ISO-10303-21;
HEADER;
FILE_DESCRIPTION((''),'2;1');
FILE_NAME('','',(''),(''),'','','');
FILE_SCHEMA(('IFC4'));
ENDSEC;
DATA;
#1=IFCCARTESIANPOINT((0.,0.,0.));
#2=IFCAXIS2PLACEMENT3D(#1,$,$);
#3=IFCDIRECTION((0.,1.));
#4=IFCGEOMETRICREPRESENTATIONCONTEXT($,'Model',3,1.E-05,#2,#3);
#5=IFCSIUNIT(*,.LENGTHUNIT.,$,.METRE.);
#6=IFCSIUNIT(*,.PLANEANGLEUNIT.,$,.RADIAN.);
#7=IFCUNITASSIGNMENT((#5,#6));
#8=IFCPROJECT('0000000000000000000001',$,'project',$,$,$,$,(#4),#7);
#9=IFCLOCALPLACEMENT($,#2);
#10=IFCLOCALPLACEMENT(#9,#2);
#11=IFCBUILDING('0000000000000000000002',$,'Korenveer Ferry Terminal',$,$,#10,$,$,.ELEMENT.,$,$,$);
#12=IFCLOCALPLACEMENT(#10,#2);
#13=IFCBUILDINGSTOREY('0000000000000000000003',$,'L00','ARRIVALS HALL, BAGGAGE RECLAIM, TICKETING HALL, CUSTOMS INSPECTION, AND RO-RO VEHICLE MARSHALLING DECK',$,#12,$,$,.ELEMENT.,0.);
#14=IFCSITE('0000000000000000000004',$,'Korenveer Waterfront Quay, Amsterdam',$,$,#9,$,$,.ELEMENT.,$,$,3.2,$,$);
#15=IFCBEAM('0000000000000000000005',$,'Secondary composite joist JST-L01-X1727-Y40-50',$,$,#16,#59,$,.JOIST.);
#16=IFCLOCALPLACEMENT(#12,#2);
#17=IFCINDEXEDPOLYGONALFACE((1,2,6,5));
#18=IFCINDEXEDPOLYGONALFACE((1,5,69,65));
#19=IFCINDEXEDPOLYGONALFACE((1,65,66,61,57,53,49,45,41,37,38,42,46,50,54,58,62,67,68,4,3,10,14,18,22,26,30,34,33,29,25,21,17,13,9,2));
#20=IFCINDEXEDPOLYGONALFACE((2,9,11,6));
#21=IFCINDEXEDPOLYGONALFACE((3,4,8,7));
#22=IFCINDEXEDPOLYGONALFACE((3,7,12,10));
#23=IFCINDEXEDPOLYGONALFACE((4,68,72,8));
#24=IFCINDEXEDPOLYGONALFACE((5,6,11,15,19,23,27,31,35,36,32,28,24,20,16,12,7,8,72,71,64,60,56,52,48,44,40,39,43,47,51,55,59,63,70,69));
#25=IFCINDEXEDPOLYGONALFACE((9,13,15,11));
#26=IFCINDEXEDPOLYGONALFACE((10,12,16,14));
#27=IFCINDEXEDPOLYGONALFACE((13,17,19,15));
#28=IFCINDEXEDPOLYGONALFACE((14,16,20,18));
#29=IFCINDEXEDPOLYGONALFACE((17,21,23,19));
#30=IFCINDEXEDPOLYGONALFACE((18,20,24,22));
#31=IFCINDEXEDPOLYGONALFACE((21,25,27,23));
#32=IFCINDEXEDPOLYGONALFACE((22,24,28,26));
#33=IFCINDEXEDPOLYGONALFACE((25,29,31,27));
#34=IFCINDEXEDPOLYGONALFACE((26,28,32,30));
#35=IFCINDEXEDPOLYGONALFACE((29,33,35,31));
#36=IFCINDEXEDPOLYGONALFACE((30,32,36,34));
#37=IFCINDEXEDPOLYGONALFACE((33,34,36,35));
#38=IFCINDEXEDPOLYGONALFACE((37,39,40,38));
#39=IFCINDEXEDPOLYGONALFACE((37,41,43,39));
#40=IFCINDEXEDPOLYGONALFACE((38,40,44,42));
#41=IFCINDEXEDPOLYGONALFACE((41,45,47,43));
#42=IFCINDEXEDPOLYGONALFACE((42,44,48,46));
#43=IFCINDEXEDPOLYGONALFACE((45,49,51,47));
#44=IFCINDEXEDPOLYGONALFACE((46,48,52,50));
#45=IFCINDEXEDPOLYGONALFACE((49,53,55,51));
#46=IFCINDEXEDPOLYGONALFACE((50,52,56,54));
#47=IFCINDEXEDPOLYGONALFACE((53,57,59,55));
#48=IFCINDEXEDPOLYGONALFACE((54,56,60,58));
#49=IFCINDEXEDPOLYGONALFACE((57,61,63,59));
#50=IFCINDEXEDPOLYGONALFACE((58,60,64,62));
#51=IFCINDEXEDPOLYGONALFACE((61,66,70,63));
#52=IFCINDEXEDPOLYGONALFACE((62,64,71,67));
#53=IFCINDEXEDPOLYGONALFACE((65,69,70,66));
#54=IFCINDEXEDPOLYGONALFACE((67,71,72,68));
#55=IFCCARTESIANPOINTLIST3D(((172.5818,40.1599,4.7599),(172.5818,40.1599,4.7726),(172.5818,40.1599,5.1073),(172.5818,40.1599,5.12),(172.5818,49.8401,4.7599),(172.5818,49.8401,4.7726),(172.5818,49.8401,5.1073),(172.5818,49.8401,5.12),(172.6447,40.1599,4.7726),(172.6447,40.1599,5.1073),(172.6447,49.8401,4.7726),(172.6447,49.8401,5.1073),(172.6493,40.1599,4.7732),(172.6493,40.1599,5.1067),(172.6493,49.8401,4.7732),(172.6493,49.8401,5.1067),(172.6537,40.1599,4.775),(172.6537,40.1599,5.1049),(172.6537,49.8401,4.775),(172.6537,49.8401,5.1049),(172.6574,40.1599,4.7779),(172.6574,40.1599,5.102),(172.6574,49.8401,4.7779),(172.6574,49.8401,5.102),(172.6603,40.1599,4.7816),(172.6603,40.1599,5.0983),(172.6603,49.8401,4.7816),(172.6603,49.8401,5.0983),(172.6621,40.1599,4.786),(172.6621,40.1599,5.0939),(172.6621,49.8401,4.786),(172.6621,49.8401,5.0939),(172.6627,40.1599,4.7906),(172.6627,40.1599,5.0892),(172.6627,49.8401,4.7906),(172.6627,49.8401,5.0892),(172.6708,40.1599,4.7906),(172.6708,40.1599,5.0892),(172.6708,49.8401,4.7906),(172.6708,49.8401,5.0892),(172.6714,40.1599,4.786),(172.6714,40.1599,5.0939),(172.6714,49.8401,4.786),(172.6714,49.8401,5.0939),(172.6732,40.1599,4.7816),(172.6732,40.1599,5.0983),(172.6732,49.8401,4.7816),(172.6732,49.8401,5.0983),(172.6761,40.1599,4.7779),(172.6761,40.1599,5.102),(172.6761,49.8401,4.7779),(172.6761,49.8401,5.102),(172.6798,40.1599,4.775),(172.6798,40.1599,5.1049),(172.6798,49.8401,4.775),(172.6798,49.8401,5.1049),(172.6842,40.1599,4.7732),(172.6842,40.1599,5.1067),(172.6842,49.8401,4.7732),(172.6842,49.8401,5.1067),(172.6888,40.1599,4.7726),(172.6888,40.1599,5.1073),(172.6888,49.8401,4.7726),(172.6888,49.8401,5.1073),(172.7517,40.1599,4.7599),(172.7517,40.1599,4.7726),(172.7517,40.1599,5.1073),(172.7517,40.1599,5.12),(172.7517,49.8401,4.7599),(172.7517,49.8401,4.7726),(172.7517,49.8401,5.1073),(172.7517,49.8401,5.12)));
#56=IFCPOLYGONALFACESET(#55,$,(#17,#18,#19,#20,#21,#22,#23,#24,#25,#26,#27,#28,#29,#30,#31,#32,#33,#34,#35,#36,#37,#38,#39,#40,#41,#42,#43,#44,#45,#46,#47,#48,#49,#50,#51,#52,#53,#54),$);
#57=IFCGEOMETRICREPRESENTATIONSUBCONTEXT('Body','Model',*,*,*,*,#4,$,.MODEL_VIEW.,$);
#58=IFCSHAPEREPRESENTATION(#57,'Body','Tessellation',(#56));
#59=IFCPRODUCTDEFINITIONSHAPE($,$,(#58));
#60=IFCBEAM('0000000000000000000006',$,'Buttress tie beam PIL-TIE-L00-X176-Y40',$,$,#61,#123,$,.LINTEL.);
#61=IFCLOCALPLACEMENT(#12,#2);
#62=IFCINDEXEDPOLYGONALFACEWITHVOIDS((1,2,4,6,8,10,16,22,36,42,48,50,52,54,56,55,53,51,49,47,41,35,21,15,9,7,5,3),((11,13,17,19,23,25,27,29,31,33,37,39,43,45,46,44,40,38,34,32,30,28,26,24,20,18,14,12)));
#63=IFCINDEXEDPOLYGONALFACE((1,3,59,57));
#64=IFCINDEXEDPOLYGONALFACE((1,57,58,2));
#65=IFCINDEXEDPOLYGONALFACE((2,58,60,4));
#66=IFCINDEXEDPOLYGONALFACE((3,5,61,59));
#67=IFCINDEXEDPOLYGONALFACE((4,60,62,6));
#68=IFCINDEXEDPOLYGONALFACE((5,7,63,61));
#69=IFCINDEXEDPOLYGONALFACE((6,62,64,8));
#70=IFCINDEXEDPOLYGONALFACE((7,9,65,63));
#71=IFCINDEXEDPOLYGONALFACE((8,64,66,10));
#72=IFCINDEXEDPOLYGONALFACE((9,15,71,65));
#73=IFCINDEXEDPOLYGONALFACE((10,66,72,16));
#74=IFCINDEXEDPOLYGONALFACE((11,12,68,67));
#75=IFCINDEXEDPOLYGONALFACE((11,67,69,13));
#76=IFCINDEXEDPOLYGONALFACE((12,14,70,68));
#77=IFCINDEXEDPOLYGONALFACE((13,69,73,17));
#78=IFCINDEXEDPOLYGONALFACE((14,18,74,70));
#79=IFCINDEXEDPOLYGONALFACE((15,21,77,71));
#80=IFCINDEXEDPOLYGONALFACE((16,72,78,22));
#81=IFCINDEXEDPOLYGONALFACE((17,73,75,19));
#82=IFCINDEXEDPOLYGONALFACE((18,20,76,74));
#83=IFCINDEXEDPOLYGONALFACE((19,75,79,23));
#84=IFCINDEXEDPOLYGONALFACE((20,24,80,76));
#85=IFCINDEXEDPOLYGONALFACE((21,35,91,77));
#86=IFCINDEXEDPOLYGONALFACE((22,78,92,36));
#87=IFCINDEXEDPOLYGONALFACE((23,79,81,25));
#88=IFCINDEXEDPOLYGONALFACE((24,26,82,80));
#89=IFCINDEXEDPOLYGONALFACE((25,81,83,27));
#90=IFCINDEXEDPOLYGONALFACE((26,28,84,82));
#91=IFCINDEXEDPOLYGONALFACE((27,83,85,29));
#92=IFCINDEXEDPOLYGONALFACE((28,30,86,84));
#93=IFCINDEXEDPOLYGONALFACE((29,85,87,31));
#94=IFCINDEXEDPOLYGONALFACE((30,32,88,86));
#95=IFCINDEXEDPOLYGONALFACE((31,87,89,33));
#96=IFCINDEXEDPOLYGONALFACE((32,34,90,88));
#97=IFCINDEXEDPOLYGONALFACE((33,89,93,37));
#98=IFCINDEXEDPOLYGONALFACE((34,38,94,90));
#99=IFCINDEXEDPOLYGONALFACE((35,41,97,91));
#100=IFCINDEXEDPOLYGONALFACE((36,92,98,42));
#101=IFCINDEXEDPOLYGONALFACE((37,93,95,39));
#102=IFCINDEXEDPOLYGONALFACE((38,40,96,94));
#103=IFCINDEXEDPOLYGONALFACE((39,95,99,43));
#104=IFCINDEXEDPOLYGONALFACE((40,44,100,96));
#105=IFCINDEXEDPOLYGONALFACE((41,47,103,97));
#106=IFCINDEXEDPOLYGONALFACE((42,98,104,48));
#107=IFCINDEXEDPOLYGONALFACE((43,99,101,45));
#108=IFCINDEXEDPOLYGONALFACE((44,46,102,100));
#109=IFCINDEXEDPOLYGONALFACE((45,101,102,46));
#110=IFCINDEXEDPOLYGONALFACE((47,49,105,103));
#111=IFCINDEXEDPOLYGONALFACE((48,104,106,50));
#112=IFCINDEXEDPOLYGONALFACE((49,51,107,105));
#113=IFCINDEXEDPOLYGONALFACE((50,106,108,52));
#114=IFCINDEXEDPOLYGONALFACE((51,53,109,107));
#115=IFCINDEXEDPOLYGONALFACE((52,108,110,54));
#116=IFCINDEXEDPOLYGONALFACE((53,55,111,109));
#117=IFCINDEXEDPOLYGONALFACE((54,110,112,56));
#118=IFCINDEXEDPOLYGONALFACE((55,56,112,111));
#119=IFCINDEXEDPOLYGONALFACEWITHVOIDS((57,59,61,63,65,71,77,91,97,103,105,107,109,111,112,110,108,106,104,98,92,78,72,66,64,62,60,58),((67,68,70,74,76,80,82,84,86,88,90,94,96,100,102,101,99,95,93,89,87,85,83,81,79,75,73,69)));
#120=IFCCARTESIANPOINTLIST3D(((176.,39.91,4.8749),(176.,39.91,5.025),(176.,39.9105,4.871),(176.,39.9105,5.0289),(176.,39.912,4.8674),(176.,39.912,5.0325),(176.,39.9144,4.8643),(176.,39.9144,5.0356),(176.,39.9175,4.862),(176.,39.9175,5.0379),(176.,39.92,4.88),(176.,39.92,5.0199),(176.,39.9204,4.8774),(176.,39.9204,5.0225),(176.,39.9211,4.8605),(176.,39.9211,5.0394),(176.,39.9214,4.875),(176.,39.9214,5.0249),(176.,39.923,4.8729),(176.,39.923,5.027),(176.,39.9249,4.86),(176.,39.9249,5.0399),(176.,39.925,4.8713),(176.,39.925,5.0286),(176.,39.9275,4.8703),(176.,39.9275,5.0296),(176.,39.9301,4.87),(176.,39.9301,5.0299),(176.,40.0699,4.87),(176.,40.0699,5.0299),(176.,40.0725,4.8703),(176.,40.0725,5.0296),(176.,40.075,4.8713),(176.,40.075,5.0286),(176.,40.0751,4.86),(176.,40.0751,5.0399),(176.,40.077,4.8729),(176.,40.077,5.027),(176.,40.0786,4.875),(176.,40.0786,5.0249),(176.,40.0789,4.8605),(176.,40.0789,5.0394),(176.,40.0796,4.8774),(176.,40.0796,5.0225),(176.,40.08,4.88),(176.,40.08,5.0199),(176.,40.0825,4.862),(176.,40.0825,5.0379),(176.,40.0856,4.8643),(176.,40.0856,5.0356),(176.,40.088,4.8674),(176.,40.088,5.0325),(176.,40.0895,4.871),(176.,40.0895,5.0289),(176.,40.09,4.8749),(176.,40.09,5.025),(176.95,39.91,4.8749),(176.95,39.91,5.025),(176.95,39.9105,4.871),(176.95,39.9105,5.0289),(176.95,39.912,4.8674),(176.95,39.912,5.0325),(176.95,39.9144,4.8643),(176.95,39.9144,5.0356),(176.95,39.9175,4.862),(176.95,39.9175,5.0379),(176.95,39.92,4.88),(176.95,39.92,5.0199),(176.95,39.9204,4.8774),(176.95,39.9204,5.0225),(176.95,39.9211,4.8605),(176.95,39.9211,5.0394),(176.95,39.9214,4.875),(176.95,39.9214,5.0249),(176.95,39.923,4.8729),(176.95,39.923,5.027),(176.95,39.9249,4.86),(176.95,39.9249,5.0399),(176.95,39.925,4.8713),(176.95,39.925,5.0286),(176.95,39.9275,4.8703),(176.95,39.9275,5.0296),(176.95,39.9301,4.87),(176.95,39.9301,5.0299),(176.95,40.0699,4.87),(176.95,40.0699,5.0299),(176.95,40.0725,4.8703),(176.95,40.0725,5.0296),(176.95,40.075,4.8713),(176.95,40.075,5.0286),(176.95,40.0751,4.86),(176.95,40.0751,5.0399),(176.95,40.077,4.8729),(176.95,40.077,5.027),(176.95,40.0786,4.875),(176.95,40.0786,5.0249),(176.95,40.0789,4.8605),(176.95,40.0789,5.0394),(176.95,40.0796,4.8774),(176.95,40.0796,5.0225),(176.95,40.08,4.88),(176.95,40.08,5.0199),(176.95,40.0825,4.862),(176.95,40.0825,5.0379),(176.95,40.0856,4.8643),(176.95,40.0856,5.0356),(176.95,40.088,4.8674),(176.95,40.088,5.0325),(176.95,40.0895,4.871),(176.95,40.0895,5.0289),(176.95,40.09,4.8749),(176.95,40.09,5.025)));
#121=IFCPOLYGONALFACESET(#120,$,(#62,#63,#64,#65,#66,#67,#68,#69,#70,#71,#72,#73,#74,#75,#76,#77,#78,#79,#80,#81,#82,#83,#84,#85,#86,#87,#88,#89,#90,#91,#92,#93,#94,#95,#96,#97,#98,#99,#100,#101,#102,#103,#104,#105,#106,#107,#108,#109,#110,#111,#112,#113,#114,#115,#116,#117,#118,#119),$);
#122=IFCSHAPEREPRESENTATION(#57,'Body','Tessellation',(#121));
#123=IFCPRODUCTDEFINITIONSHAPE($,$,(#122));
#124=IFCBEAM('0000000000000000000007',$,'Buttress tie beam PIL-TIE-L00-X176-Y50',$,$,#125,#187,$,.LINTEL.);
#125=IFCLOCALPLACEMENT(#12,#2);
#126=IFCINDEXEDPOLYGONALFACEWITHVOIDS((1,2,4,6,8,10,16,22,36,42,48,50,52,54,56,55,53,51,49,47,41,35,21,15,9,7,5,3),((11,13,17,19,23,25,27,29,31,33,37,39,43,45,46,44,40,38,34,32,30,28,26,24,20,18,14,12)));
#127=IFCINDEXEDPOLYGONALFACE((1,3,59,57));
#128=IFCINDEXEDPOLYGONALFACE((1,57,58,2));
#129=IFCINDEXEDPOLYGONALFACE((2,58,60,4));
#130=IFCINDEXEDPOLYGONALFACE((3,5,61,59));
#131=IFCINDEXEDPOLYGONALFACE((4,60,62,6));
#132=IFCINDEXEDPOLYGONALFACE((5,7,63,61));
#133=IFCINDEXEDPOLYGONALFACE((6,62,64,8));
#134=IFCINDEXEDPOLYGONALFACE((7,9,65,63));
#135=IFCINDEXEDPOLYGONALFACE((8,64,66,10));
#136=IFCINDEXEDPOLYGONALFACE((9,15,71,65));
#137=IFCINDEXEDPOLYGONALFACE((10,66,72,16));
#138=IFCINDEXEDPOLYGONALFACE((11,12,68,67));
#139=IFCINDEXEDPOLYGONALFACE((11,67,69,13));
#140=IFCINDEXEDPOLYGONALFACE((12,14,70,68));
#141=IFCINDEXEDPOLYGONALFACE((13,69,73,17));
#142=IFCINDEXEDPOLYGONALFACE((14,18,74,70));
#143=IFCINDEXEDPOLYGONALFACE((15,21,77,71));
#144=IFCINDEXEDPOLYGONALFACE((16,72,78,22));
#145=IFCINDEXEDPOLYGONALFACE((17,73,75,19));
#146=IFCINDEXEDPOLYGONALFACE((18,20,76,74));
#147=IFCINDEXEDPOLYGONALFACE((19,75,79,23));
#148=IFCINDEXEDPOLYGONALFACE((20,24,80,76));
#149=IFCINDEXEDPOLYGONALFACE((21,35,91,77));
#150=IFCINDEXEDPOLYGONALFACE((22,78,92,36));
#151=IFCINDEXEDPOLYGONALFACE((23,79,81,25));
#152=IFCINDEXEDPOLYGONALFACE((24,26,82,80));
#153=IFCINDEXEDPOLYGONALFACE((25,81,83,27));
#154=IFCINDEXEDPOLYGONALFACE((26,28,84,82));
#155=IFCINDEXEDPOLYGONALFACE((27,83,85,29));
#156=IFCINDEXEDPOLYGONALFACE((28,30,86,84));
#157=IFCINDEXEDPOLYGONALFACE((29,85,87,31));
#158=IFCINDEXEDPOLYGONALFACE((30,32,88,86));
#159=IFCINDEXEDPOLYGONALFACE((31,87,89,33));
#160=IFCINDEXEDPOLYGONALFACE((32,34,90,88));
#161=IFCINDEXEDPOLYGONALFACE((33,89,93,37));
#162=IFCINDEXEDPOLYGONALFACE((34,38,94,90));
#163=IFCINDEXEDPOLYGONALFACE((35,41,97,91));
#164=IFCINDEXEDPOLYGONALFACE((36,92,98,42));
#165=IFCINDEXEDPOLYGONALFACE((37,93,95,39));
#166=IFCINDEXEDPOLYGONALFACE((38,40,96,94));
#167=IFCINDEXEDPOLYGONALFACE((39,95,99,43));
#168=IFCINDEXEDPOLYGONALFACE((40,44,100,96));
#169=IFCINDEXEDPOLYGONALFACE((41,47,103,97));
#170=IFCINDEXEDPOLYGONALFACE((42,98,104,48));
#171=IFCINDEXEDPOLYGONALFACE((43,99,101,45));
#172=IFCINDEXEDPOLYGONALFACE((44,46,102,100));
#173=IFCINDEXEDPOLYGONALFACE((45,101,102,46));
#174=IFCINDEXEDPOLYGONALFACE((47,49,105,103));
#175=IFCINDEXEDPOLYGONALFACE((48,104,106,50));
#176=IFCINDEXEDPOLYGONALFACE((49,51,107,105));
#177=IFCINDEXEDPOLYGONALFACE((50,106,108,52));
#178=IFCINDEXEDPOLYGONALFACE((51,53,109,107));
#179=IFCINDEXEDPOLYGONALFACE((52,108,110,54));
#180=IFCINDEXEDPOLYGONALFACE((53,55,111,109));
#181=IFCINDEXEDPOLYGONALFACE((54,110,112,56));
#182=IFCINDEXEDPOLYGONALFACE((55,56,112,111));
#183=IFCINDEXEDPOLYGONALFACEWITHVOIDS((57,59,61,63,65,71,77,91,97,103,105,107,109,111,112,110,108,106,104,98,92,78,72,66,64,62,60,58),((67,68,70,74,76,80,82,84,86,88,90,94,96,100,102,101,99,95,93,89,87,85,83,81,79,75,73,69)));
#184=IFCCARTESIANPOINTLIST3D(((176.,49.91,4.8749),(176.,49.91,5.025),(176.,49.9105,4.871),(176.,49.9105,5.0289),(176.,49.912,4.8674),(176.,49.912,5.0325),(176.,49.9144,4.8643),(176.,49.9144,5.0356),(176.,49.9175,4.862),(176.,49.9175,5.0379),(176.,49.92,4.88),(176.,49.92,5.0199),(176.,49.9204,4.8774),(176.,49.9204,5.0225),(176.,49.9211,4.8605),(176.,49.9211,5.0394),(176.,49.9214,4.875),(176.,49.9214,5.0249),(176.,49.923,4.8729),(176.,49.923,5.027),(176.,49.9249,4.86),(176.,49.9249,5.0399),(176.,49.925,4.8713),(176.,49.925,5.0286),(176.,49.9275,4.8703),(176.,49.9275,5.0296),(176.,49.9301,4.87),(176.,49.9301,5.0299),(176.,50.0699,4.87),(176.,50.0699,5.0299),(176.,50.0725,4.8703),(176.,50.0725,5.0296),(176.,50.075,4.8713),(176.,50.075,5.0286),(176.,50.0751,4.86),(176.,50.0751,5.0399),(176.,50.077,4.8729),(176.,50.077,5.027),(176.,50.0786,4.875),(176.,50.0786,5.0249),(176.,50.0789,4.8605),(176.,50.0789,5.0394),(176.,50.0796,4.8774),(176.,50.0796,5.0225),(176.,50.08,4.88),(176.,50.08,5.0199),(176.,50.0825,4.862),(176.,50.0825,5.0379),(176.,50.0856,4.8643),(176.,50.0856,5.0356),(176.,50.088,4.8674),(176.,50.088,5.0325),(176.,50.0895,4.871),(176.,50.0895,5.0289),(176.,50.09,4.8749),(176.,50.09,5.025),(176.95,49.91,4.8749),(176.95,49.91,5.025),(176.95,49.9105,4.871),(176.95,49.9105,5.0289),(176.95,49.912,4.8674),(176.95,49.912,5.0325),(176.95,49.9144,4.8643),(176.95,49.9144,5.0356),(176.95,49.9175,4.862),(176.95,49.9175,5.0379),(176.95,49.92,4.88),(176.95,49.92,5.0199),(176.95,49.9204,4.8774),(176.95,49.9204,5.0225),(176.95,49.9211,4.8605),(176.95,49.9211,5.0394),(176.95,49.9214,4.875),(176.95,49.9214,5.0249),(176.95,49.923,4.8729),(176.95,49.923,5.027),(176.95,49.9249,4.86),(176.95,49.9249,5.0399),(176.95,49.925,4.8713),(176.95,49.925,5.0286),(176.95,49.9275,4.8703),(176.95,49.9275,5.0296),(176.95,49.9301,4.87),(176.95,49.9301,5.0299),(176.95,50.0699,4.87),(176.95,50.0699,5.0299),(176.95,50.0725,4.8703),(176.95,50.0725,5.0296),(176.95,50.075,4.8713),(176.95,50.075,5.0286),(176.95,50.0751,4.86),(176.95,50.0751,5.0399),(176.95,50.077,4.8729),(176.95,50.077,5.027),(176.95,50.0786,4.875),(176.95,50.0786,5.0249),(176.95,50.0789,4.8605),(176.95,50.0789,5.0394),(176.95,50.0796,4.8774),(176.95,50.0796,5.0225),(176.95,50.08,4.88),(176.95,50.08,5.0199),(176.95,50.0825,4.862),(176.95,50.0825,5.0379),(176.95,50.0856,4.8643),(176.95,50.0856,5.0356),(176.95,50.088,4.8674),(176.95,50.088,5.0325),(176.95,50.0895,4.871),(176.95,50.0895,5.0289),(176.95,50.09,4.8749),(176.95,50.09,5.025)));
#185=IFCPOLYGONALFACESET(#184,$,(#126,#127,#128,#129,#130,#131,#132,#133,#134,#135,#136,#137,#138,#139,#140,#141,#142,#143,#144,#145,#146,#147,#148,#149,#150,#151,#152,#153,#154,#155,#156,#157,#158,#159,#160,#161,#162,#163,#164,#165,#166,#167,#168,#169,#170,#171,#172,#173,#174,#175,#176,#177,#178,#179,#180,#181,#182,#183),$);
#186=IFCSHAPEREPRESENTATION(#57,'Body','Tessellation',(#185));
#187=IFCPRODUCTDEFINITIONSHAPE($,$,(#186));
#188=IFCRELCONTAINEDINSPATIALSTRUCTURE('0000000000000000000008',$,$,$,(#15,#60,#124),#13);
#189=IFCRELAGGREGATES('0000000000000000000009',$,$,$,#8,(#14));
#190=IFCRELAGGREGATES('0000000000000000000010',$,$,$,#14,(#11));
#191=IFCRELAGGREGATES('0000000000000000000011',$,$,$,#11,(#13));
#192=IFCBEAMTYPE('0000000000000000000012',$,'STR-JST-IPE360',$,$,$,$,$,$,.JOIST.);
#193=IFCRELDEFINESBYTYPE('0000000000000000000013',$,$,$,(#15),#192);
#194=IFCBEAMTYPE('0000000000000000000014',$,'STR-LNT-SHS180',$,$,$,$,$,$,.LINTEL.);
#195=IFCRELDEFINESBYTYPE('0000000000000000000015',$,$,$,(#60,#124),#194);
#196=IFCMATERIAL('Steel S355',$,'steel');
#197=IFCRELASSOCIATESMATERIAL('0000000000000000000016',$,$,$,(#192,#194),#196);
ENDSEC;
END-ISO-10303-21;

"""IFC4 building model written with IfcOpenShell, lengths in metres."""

from ifc_helpers import new_model, si_unit, direction, frame, origin, origin_2d, place, context, subcontext, project, spatial, hollow_rectangle, i_section, extrude, material, material_profile, profile_set, type_object, element, save


model = new_model("IFC4")

# Units and contexts
model_context = context("Model", 3, precision=1e-05, world=origin(), true_north=direction((0.0, 1.0)))
body_context = subcontext(model_context, "Body", "Model", "MODEL_VIEW")
ifc_project = project(units=[si_unit("LENGTHUNIT", "METRE"), si_unit("PLANEANGLEUNIT", "RADIAN")], contexts=[model_context])

# Site, building, storey
site_placement = place(None, origin())
site = spatial("IfcSite", under=ifc_project, at=site_placement, Name="Korenveer Waterfront Quay, Amsterdam", CompositionType="ELEMENT", RefElevation=3.2)
building_placement = place(site_placement, origin())
building = spatial("IfcBuilding", under=site, at=building_placement, Name="Korenveer Ferry Terminal", CompositionType="ELEMENT")
storey_placement = place(building_placement, origin())
storey = spatial("IfcBuildingStorey", under=building, at=storey_placement, Name="L00", Description="ARRIVALS HALL, BAGGAGE RECLAIM, TICKETING HALL, CUSTOMS INSPECTION, AND RO-RO VEHICLE MARSHALLING DECK", CompositionType="ELEMENT", Elevation=0.0)

# Beams
ifc_material_1 = material(Name="Steel S355", Category="steel")
ifc_material_profile_1 = material_profile(ifc_material_1, i_section(OverallWidth=0.1699, OverallDepth=0.3601, WebThickness=0.0081, FlangeThickness=0.0127, FilletRadius=0.0181, at=origin_2d()), Name="IPE 360")
ifc_profile_set_1 = profile_set([ifc_material_profile_1], Name="Steel S355")
beam_type_1 = type_object("IfcBeamType", Name="STR-JST-IPE360", PredefinedType="JOIST", material=ifc_profile_set_1)
for number, where, z_axis, x_axis, name in (
    (1, (172.6667, 40.1599, 4.9399), (0.0, 1.0, 0.0), (-1.0, 0.0, 0.0), "Secondary composite joist JST-L01-X1727-Y40-50"),
):
    element("IfcBeam", number, at=place(storey_placement, frame(where, z_axis=z_axis, x_axis=x_axis)), inside=storey, type_object=beam_type_1, Name=name, PredefinedType="JOIST", context=body_context, shape_type="SweptSolid", body=[
        extrude(i_section(OverallWidth=0.1699, OverallDepth=0.3601, WebThickness=0.0081, FlangeThickness=0.0127, FilletRadius=0.0181, at=origin_2d()), origin(), (0.0, 0.0, 1.0), 9.6802),
    ])
ifc_material_profile_2 = material_profile(ifc_material_1, hollow_rectangle(XDim=0.1799, YDim=0.1799, WallThickness=0.01, InnerFilletRadius=0.01, OuterFilletRadius=0.0149, at=origin_2d()), Name="SHS 180x180x10")
ifc_profile_set_2 = profile_set([ifc_material_profile_2], Name="Steel S355")
beam_type_2 = type_object("IfcBeamType", Name="STR-LNT-SHS180", PredefinedType="LINTEL", material=ifc_profile_set_2)
for number, where, z_axis, x_axis, name in (
    (2, (176.0, 40.0, 4.95), (1.0, 0.0, 0.0), (0.0, 1.0, 0.0), "Buttress tie beam PIL-TIE-L00-X176-Y40"),
    (3, (176.0, 50.0, 4.95), (1.0, 0.0, 0.0), (0.0, 1.0, 0.0), "Buttress tie beam PIL-TIE-L00-X176-Y50"),
):
    element("IfcBeam", number, at=place(storey_placement, frame(where, z_axis=z_axis, x_axis=x_axis)), inside=storey, type_object=beam_type_2, Name=name, PredefinedType="LINTEL", context=body_context, shape_type="SweptSolid", body=[
        extrude(hollow_rectangle(XDim=0.1799, YDim=0.1799, WallThickness=0.01, InnerFilletRadius=0.01, OuterFilletRadius=0.0149, at=origin_2d()), origin(), (0.0, 0.0, 1.0), 0.95),
    ])

save(model, "model.ifc")
